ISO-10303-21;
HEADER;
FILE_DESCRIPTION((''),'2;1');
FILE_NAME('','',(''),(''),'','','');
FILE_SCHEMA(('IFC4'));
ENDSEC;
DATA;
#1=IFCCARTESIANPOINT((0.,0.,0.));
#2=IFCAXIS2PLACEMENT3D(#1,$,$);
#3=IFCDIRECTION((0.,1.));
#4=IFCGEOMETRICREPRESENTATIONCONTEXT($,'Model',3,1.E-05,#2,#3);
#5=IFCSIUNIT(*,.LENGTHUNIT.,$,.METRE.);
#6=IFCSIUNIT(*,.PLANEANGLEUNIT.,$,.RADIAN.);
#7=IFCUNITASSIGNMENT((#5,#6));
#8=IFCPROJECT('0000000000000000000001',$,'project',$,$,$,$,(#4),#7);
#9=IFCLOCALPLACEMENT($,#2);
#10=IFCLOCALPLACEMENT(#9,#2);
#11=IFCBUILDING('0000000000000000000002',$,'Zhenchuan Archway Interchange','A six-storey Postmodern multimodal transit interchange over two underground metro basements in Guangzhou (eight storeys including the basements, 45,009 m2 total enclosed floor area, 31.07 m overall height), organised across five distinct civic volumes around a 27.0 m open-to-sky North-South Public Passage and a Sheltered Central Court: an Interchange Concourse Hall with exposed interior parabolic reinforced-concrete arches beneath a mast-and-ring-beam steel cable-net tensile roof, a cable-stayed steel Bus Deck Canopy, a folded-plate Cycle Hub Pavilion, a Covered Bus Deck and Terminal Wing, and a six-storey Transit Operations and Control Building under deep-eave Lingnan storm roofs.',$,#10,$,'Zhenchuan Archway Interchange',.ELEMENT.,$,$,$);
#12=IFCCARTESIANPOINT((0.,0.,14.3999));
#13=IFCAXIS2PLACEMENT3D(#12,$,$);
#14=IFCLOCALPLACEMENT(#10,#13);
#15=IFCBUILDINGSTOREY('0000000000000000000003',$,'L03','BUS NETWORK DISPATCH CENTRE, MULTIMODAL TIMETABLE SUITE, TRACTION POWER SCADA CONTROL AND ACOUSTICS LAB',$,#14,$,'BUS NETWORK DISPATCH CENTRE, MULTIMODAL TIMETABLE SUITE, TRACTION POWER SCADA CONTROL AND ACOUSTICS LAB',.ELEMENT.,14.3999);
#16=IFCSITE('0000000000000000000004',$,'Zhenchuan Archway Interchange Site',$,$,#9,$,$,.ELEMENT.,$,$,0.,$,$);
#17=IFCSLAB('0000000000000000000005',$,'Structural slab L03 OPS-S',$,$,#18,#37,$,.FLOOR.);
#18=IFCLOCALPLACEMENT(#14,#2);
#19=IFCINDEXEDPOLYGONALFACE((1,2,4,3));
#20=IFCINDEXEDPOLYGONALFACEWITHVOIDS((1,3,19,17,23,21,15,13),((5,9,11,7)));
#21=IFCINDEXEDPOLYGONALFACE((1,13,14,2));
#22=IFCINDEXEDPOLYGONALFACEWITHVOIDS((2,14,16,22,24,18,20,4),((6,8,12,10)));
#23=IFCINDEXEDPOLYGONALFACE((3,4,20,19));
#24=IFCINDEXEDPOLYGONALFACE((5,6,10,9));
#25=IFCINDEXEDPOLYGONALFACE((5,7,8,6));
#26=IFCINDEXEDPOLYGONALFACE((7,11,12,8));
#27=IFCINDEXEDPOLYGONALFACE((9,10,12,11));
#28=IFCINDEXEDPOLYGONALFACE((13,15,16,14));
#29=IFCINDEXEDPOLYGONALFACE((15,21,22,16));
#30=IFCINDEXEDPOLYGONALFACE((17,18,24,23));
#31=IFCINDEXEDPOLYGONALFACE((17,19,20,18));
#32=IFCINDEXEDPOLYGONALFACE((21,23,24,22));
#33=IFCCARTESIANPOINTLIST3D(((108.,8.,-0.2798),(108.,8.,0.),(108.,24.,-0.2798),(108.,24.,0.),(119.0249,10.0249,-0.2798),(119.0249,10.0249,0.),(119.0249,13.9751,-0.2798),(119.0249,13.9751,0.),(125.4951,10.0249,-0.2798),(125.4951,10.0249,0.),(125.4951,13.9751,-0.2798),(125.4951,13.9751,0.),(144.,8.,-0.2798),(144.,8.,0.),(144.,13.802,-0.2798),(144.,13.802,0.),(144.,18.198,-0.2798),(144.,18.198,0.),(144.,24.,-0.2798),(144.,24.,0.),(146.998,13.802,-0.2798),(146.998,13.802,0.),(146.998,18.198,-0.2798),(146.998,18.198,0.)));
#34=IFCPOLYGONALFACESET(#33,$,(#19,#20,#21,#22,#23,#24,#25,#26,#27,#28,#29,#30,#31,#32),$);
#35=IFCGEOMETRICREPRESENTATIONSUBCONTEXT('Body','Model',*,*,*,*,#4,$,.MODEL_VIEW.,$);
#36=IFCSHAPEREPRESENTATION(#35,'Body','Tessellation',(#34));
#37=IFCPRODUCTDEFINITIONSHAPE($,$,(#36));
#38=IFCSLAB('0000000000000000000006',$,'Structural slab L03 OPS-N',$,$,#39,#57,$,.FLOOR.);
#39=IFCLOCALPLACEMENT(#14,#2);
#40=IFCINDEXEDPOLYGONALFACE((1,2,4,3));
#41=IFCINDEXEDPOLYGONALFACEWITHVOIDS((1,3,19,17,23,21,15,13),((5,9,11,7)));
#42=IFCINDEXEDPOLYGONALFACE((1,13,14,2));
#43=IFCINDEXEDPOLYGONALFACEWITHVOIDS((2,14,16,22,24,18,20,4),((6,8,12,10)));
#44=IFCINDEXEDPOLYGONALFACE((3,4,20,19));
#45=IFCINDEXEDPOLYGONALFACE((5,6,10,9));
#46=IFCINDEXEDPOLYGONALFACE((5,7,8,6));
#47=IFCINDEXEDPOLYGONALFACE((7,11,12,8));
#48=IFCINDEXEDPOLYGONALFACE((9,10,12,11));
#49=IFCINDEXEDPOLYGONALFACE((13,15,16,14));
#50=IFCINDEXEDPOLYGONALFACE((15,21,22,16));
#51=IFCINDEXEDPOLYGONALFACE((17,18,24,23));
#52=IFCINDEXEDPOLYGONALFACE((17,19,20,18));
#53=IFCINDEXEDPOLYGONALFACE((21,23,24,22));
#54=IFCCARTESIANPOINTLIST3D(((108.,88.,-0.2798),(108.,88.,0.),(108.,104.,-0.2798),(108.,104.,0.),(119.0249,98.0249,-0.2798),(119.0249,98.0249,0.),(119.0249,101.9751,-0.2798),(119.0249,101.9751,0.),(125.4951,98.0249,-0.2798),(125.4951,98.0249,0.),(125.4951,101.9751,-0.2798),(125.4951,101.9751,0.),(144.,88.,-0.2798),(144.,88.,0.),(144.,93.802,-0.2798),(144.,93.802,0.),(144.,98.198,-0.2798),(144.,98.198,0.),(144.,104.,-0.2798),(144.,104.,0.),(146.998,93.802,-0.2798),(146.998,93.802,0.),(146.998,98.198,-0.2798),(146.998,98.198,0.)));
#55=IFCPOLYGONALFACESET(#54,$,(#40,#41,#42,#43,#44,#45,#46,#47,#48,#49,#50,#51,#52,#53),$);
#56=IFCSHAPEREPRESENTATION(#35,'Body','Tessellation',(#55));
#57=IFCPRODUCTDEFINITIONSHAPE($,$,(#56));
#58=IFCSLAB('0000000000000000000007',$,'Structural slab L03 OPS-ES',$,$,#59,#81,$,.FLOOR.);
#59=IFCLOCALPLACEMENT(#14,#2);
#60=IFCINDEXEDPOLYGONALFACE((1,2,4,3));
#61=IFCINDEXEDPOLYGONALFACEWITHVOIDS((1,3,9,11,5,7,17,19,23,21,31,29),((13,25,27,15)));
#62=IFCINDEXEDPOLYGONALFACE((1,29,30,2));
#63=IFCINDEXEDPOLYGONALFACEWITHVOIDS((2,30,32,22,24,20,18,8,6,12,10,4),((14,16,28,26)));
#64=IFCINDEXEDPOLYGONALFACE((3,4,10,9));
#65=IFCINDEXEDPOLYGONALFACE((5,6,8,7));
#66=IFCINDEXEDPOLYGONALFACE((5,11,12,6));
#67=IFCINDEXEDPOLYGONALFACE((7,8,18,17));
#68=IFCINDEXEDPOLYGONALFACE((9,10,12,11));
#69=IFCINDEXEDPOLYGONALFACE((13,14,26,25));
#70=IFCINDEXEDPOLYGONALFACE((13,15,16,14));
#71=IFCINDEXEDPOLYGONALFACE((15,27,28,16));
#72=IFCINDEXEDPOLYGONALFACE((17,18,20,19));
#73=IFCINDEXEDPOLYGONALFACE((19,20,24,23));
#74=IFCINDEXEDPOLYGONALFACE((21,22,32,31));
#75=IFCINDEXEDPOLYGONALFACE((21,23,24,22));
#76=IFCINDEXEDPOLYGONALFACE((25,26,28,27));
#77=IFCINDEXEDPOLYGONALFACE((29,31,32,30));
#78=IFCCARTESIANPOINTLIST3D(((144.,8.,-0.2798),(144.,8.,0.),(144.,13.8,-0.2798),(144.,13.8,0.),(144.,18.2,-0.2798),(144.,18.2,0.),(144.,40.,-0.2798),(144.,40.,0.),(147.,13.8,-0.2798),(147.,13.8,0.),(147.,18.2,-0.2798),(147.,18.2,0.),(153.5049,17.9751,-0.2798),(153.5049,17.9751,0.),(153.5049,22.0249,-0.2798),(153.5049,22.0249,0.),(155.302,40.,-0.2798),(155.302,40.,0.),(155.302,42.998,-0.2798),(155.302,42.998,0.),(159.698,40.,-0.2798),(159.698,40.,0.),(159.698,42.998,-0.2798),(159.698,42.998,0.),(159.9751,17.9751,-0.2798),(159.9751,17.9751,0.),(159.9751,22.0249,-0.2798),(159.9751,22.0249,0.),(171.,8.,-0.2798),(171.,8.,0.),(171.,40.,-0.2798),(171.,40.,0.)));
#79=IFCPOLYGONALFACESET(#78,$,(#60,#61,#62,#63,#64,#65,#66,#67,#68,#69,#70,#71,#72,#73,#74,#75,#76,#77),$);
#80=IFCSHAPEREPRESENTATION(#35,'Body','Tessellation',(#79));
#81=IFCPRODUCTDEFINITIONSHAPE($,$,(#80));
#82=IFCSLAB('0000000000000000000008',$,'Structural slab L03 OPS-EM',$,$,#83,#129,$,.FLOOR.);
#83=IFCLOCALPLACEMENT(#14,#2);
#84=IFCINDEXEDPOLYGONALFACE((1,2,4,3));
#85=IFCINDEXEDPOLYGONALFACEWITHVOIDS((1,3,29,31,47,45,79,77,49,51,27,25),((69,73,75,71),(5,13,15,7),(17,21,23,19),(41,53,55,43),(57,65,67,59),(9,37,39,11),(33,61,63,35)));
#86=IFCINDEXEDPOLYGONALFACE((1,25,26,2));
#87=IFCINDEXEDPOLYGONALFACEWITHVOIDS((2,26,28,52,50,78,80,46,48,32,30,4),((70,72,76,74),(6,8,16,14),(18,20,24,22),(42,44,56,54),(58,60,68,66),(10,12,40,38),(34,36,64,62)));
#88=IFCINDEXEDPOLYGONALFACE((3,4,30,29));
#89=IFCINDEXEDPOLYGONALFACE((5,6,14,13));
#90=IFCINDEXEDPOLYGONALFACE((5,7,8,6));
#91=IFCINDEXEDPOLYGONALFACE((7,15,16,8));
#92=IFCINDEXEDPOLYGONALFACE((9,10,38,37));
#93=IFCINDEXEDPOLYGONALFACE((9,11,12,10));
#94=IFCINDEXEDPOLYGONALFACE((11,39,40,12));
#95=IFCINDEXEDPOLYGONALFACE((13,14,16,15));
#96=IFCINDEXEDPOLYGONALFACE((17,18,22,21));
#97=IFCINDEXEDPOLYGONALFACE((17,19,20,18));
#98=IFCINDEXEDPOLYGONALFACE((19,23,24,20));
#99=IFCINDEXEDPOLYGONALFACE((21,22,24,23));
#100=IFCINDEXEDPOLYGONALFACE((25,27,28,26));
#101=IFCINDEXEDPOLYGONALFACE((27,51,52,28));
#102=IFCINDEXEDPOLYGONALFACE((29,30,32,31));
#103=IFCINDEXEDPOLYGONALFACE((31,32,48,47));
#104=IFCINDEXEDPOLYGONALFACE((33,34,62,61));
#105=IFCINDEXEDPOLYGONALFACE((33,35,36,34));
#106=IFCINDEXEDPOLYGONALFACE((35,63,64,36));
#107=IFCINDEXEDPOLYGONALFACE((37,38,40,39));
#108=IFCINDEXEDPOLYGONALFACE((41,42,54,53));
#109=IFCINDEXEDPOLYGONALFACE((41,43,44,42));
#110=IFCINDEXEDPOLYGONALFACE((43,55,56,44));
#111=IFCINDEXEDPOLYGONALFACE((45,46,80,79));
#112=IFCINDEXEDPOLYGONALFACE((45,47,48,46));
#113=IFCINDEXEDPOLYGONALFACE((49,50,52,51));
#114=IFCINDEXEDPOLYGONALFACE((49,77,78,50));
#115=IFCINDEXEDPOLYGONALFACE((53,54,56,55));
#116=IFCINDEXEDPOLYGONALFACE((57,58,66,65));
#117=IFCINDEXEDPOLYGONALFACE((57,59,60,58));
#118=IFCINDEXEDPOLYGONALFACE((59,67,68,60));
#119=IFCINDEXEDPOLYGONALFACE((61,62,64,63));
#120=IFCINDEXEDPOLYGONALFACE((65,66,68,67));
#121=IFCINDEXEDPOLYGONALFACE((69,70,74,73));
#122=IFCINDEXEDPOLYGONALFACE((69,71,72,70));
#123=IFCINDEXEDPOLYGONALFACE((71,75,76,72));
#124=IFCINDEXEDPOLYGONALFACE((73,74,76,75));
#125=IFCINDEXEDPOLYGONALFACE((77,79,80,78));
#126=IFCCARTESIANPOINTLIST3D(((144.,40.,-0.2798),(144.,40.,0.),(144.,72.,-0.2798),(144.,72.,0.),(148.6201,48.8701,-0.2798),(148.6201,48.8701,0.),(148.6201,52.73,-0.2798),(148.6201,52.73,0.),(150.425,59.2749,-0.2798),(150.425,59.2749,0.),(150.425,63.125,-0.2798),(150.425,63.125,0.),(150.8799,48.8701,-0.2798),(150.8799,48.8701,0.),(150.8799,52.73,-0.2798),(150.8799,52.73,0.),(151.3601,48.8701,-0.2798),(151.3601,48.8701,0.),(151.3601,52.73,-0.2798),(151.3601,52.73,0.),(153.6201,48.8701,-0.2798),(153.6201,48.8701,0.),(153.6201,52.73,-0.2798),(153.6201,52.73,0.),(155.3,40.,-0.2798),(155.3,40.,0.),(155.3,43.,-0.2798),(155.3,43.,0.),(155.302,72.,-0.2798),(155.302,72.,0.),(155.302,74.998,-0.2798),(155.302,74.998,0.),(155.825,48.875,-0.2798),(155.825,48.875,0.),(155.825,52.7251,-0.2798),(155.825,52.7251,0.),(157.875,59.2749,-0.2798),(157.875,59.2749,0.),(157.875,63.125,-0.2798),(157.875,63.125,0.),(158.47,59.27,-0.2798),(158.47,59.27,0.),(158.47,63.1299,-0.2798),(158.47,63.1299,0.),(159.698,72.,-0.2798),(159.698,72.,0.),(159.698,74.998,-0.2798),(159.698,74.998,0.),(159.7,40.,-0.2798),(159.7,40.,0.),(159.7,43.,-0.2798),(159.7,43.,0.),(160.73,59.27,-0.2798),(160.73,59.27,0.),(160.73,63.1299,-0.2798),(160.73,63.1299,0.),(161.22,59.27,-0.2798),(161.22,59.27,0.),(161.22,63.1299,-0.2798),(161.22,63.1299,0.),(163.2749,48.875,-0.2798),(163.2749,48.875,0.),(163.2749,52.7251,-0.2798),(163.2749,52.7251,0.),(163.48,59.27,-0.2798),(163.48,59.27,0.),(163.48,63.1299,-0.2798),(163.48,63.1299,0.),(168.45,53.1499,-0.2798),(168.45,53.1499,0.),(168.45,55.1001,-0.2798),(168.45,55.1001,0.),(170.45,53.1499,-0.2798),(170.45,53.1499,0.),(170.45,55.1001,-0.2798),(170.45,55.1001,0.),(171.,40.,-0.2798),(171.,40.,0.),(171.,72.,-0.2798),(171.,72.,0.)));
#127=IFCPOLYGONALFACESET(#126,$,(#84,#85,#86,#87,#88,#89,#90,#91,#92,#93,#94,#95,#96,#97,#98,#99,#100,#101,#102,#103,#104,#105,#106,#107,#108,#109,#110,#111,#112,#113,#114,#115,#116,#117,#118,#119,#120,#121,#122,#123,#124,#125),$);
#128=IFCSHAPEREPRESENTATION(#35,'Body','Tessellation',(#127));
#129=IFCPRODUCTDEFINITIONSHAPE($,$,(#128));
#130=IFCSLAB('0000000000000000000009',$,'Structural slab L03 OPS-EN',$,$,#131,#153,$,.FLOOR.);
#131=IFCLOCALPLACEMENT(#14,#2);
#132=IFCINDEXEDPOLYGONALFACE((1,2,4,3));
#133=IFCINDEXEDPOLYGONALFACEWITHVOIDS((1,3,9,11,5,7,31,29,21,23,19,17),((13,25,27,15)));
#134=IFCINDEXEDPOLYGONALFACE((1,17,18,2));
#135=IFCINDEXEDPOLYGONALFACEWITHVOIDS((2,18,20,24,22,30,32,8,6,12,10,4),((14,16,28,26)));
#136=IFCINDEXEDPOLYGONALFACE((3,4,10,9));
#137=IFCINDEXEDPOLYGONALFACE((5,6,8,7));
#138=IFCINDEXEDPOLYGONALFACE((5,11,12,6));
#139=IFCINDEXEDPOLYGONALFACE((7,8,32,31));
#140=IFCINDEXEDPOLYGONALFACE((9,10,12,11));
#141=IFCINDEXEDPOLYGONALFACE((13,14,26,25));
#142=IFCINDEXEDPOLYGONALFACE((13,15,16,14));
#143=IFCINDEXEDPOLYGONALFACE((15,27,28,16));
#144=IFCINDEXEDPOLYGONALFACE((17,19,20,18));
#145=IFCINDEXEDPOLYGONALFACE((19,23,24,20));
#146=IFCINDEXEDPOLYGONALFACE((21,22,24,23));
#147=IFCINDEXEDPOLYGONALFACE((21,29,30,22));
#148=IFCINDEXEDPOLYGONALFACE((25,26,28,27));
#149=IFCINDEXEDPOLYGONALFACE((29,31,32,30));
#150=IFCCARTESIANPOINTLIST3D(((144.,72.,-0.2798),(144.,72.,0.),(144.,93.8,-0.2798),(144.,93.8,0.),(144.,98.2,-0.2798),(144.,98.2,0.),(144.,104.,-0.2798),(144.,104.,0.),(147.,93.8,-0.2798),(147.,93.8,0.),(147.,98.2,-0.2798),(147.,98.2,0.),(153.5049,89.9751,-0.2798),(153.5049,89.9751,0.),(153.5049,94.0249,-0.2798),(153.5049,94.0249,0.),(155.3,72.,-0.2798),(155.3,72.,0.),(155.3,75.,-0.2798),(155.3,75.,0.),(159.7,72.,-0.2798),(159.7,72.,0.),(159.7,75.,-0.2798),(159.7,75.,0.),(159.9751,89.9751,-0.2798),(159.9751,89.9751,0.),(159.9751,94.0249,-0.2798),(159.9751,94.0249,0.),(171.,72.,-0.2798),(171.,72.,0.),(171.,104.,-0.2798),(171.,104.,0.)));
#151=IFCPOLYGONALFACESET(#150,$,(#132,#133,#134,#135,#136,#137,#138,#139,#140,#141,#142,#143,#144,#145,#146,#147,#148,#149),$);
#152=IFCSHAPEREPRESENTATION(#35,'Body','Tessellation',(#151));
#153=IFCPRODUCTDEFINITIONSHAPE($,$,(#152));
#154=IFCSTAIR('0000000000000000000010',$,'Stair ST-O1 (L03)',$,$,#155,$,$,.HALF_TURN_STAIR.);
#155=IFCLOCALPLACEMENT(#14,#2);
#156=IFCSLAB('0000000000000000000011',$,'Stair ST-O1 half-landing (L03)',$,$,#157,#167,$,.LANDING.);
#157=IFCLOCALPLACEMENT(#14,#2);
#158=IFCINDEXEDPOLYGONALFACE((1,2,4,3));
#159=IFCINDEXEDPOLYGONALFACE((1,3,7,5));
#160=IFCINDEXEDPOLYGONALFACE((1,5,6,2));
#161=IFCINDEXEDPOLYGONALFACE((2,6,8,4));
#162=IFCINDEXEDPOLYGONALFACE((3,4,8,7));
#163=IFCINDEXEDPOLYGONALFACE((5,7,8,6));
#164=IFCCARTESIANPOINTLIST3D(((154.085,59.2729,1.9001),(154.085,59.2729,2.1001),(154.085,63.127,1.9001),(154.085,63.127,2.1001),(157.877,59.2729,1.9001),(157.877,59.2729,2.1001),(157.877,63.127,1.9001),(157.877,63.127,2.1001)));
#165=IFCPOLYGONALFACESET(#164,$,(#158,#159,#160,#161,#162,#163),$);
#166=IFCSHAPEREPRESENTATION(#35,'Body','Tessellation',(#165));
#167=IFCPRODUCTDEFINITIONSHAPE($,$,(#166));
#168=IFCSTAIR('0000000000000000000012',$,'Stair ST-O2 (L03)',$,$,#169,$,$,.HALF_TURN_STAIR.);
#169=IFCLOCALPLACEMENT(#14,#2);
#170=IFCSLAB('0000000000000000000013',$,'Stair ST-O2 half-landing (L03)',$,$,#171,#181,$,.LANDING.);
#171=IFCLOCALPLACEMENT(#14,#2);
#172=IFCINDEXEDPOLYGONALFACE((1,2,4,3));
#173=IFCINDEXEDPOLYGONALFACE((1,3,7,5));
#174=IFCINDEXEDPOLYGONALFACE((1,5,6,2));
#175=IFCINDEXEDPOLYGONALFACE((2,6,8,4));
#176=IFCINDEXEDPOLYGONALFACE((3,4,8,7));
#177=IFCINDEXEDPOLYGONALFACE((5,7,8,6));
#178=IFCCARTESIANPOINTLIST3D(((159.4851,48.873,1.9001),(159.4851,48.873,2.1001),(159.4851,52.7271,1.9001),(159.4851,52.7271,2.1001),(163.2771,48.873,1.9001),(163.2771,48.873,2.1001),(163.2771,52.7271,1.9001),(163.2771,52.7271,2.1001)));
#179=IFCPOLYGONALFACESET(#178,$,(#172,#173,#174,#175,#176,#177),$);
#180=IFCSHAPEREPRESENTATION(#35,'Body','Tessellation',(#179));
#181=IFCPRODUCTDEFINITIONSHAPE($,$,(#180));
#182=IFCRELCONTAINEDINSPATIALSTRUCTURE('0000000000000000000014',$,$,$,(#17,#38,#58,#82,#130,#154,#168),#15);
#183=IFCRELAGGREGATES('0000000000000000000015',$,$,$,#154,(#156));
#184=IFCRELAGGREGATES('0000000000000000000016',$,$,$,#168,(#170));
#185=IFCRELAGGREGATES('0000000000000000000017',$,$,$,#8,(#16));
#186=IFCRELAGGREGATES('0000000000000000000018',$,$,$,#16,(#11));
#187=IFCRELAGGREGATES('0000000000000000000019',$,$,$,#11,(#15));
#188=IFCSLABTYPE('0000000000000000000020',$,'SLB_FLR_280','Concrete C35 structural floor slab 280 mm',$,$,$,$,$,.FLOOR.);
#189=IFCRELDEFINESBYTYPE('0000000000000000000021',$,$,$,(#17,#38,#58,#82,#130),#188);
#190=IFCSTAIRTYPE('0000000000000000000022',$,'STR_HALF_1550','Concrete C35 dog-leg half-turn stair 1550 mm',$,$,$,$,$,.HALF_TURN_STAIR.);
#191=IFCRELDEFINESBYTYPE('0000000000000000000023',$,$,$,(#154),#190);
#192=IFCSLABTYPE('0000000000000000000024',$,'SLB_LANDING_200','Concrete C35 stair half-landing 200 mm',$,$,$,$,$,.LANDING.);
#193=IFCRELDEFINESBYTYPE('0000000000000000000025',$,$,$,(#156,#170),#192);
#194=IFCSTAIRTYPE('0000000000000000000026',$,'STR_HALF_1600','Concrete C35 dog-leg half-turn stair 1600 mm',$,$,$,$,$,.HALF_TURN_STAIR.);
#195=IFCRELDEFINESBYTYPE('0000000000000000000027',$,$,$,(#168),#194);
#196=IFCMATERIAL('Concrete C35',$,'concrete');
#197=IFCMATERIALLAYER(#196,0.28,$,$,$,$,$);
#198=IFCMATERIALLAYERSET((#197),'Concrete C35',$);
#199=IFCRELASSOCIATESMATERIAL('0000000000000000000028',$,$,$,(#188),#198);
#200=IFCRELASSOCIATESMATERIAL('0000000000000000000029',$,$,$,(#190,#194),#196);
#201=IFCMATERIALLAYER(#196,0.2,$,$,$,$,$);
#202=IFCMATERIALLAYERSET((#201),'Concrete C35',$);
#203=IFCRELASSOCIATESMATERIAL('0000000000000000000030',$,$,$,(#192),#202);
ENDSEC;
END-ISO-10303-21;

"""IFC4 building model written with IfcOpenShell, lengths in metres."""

from ifc_helpers import new_model, si_unit, direction, frame, origin, place, context, subcontext, project, spatial, polyline, outline, extrude, material, layer, layer_set, type_object, element, aggregate, save


model = new_model("IFC4")

# Units and contexts
model_context = context("Model", 3, precision=1e-05, world=origin(), true_north=direction((0.0, 1.0)))
body_context = subcontext(model_context, "Body", "Model", "MODEL_VIEW")
ifc_project = project(units=[si_unit("LENGTHUNIT", "METRE"), si_unit("PLANEANGLEUNIT", "RADIAN")], contexts=[model_context])

# Site, building, storey
site_placement = place(None, origin())
site = spatial("IfcSite", under=ifc_project, at=site_placement, Name="Zhenchuan Archway Interchange Site", CompositionType="ELEMENT", RefElevation=0.0)
building_placement = place(site_placement, origin())
building = spatial("IfcBuilding", under=site, at=building_placement, Name="Zhenchuan Archway Interchange", Description="A six-storey Postmodern multimodal transit interchange over two underground metro basements in Guangzhou (eight storeys including the basements, 45,009 m2 total enclosed floor area, 31.07 m overall height), organised across five distinct civic volumes around a 27.0 m open-to-sky North-South Public Passage and a Sheltered Central Court: an Interchange Concourse Hall with exposed interior parabolic reinforced-concrete arches beneath a mast-and-ring-beam steel cable-net tensile roof, a cable-stayed steel Bus Deck Canopy, a folded-plate Cycle Hub Pavilion, a Covered Bus Deck and Terminal Wing, and a six-storey Transit Operations and Control Building under deep-eave Lingnan storm roofs.", LongName="Zhenchuan Archway Interchange", CompositionType="ELEMENT")
storey_placement = place(building_placement, frame((0.0, 0.0, 14.3999)))
storey = spatial("IfcBuildingStorey", under=building, at=storey_placement, Name="L03", Description="BUS NETWORK DISPATCH CENTRE, MULTIMODAL TIMETABLE SUITE, TRACTION POWER SCADA CONTROL AND ACOUSTICS LAB", LongName="BUS NETWORK DISPATCH CENTRE, MULTIMODAL TIMETABLE SUITE, TRACTION POWER SCADA CONTROL AND ACOUSTICS LAB", CompositionType="ELEMENT", Elevation=14.3999)

# Slabs
ifc_material_1 = material(Name="Concrete C35", Category="concrete")
ifc_layer_1 = layer(ifc_material_1, 0.28)
ifc_layer_set_1 = layer_set([ifc_layer_1], Name="Concrete C35")
slab_type_1 = type_object("IfcSlabType", Name="SLB_FLR_280", Description="Concrete C35 structural floor slab 280 mm", PredefinedType="FLOOR", material=ifc_layer_set_1)
slab_1_placement = place(storey_placement, frame((0.0, 0.0, -0.2798)))
element("IfcSlab", 1, at=slab_1_placement, inside=storey, type_object=slab_type_1, Name="Structural slab L03 OPS-S", PredefinedType="FLOOR", context=body_context, shape_type="SweptSolid", body=[
    extrude(outline(polyline([(108.0, 8.0), (108.0, 24.0), (144.0, 24.0), (144.0, 18.198), (146.998, 18.198), (146.998, 13.802), (144.0, 13.802), (144.0, 8.0), (108.0, 8.0)]), holes=[polyline([(125.4951, 10.0249), (125.4951, 13.9751), (119.0249, 13.9751), (119.0249, 10.0249), (125.4951, 10.0249)])]), origin(), (0.0, 0.0, 1.0), 0.2798),
])
slab_2_placement = place(storey_placement, frame((0.0, 0.0, -0.2798)))
element("IfcSlab", 2, at=slab_2_placement, inside=storey, type_object=slab_type_1, Name="Structural slab L03 OPS-N", PredefinedType="FLOOR", context=body_context, shape_type="SweptSolid", body=[
    extrude(outline(polyline([(108.0, 88.0), (108.0, 104.0), (144.0, 104.0), (144.0, 98.198), (146.998, 98.198), (146.998, 93.802), (144.0, 93.802), (144.0, 88.0), (108.0, 88.0)]), holes=[polyline([(125.4951, 98.0249), (125.4951, 101.9751), (119.0249, 101.9751), (119.0249, 98.0249), (125.4951, 98.0249)])]), origin(), (0.0, 0.0, 1.0), 0.2798),
])
slab_3_placement = place(storey_placement, frame((0.0, 0.0, -0.2798)))
element("IfcSlab", 3, at=slab_3_placement, inside=storey, type_object=slab_type_1, Name="Structural slab L03 OPS-ES", PredefinedType="FLOOR", context=body_context, shape_type="SweptSolid", body=[
    extrude(outline(polyline([(155.302, 42.998), (159.698, 42.998), (159.698, 40.0), (171.0, 40.0), (171.0, 8.0), (144.0, 8.0), (144.0, 13.8), (147.0, 13.8), (147.0, 18.2), (144.0, 18.2), (144.0, 40.0), (155.302, 40.0), (155.302, 42.998)]), holes=[polyline([(159.9751, 17.9751), (159.9751, 22.0249), (153.5049, 22.0249), (153.5049, 17.9751), (159.9751, 17.9751)])]), origin(), (0.0, 0.0, 1.0), 0.2798),
])
slab_4_placement = place(storey_placement, frame((0.0, 0.0, -0.2798)))
element("IfcSlab", 4, at=slab_4_placement, inside=storey, type_object=slab_type_1, Name="Structural slab L03 OPS-EM", PredefinedType="FLOOR", context=body_context, shape_type="SweptSolid", body=[
    extrude(outline(polyline([(159.7, 40.0), (159.7, 43.0), (155.3, 43.0), (155.3, 40.0), (144.0, 40.0), (144.0, 72.0), (155.302, 72.0), (155.302, 74.998), (159.698, 74.998), (159.698, 72.0), (171.0, 72.0), (171.0, 40.0), (159.7, 40.0)]), holes=[polyline([(150.425, 63.125), (150.425, 59.2749), (157.875, 59.2749), (157.875, 63.125), (150.425, 63.125)]), polyline([(163.2749, 52.7251), (155.825, 52.7251), (155.825, 48.875), (163.2749, 48.875), (163.2749, 52.7251)]), polyline([(160.73, 59.27), (160.73, 63.1299), (158.47, 63.1299), (158.47, 59.27), (160.73, 59.27)]), polyline([(161.22, 59.27), (163.48, 59.27), (163.48, 63.1299), (161.22, 63.1299), (161.22, 59.27)]), polyline([(148.6201, 52.73), (148.6201, 48.8701), (150.8799, 48.8701), (150.8799, 52.73), (148.6201, 52.73)]), polyline([(153.6201, 52.73), (151.3601, 52.73), (151.3601, 48.8701), (153.6201, 48.8701), (153.6201, 52.73)]), polyline([(170.45, 53.1499), (170.45, 55.1001), (168.45, 55.1001), (168.45, 53.1499), (170.45, 53.1499)])]), origin(), (0.0, 0.0, 1.0), 0.2798),
])
slab_5_placement = place(storey_placement, frame((0.0, 0.0, -0.2798)))
element("IfcSlab", 5, at=slab_5_placement, inside=storey, type_object=slab_type_1, Name="Structural slab L03 OPS-EN", PredefinedType="FLOOR", context=body_context, shape_type="SweptSolid", body=[
    extrude(outline(polyline([(171.0, 72.0), (159.7, 72.0), (159.7, 75.0), (155.3, 75.0), (155.3, 72.0), (144.0, 72.0), (144.0, 93.8), (147.0, 93.8), (147.0, 98.2), (144.0, 98.2), (144.0, 104.0), (171.0, 104.0), (171.0, 72.0)]), holes=[polyline([(159.9751, 89.9751), (159.9751, 94.0249), (153.5049, 94.0249), (153.5049, 89.9751), (159.9751, 89.9751)])]), origin(), (0.0, 0.0, 1.0), 0.2798),
])

# Stairs, slabs
stair_type_1 = type_object("IfcStairType", Name="STR_HALF_1550", Description="Concrete C35 dog-leg half-turn stair 1550 mm", PredefinedType="HALF_TURN_STAIR", material=ifc_material_1)
stair_1_placement = place(storey_placement, origin())
stair_1 = element("IfcStair", 6, at=stair_1_placement, inside=storey, type_object=stair_type_1, Name="Stair ST-O1 (L03)", PredefinedType="HALF_TURN_STAIR")
ifc_layer_2 = layer(ifc_material_1, 0.2)
ifc_layer_set_2 = layer_set([ifc_layer_2], Name="Concrete C35")
slab_type_2 = type_object("IfcSlabType", Name="SLB_LANDING_200", Description="Concrete C35 stair half-landing 200 mm", PredefinedType="LANDING", material=ifc_layer_set_2)
slab_6_placement = place(storey_placement, frame((0.0, 0.0, 1.9001)))
slab_6 = element("IfcSlab", 7, at=slab_6_placement, type_object=slab_type_2, Name="Stair ST-O1 half-landing (L03)", PredefinedType="LANDING", context=body_context, shape_type="SweptSolid", body=[
    extrude(outline(polyline([(154.085, 59.2729), (157.877, 59.2729), (157.877, 63.127), (154.085, 63.127), (154.085, 59.2729)])), origin(), (0.0, 0.0, 1.0), 0.2),
])
aggregate(stair_1, [slab_6])
stair_type_2 = type_object("IfcStairType", Name="STR_HALF_1600", Description="Concrete C35 dog-leg half-turn stair 1600 mm", PredefinedType="HALF_TURN_STAIR", material=ifc_material_1)
stair_2_placement = place(storey_placement, origin())
stair_2 = element("IfcStair", 8, at=stair_2_placement, inside=storey, type_object=stair_type_2, Name="Stair ST-O2 (L03)", PredefinedType="HALF_TURN_STAIR")
slab_7_placement = place(storey_placement, frame((0.0, 0.0, 1.9001)))
slab_7 = element("IfcSlab", 9, at=slab_7_placement, type_object=slab_type_2, Name="Stair ST-O2 half-landing (L03)", PredefinedType="LANDING", context=body_context, shape_type="SweptSolid", body=[
    extrude(outline(polyline([(159.4851, 48.873), (163.2771, 48.873), (163.2771, 52.7271), (159.4851, 52.7271), (159.4851, 48.873)])), origin(), (0.0, 0.0, 1.0), 0.2),
])
aggregate(stair_2, [slab_7])

save(model, "model.ifc")
